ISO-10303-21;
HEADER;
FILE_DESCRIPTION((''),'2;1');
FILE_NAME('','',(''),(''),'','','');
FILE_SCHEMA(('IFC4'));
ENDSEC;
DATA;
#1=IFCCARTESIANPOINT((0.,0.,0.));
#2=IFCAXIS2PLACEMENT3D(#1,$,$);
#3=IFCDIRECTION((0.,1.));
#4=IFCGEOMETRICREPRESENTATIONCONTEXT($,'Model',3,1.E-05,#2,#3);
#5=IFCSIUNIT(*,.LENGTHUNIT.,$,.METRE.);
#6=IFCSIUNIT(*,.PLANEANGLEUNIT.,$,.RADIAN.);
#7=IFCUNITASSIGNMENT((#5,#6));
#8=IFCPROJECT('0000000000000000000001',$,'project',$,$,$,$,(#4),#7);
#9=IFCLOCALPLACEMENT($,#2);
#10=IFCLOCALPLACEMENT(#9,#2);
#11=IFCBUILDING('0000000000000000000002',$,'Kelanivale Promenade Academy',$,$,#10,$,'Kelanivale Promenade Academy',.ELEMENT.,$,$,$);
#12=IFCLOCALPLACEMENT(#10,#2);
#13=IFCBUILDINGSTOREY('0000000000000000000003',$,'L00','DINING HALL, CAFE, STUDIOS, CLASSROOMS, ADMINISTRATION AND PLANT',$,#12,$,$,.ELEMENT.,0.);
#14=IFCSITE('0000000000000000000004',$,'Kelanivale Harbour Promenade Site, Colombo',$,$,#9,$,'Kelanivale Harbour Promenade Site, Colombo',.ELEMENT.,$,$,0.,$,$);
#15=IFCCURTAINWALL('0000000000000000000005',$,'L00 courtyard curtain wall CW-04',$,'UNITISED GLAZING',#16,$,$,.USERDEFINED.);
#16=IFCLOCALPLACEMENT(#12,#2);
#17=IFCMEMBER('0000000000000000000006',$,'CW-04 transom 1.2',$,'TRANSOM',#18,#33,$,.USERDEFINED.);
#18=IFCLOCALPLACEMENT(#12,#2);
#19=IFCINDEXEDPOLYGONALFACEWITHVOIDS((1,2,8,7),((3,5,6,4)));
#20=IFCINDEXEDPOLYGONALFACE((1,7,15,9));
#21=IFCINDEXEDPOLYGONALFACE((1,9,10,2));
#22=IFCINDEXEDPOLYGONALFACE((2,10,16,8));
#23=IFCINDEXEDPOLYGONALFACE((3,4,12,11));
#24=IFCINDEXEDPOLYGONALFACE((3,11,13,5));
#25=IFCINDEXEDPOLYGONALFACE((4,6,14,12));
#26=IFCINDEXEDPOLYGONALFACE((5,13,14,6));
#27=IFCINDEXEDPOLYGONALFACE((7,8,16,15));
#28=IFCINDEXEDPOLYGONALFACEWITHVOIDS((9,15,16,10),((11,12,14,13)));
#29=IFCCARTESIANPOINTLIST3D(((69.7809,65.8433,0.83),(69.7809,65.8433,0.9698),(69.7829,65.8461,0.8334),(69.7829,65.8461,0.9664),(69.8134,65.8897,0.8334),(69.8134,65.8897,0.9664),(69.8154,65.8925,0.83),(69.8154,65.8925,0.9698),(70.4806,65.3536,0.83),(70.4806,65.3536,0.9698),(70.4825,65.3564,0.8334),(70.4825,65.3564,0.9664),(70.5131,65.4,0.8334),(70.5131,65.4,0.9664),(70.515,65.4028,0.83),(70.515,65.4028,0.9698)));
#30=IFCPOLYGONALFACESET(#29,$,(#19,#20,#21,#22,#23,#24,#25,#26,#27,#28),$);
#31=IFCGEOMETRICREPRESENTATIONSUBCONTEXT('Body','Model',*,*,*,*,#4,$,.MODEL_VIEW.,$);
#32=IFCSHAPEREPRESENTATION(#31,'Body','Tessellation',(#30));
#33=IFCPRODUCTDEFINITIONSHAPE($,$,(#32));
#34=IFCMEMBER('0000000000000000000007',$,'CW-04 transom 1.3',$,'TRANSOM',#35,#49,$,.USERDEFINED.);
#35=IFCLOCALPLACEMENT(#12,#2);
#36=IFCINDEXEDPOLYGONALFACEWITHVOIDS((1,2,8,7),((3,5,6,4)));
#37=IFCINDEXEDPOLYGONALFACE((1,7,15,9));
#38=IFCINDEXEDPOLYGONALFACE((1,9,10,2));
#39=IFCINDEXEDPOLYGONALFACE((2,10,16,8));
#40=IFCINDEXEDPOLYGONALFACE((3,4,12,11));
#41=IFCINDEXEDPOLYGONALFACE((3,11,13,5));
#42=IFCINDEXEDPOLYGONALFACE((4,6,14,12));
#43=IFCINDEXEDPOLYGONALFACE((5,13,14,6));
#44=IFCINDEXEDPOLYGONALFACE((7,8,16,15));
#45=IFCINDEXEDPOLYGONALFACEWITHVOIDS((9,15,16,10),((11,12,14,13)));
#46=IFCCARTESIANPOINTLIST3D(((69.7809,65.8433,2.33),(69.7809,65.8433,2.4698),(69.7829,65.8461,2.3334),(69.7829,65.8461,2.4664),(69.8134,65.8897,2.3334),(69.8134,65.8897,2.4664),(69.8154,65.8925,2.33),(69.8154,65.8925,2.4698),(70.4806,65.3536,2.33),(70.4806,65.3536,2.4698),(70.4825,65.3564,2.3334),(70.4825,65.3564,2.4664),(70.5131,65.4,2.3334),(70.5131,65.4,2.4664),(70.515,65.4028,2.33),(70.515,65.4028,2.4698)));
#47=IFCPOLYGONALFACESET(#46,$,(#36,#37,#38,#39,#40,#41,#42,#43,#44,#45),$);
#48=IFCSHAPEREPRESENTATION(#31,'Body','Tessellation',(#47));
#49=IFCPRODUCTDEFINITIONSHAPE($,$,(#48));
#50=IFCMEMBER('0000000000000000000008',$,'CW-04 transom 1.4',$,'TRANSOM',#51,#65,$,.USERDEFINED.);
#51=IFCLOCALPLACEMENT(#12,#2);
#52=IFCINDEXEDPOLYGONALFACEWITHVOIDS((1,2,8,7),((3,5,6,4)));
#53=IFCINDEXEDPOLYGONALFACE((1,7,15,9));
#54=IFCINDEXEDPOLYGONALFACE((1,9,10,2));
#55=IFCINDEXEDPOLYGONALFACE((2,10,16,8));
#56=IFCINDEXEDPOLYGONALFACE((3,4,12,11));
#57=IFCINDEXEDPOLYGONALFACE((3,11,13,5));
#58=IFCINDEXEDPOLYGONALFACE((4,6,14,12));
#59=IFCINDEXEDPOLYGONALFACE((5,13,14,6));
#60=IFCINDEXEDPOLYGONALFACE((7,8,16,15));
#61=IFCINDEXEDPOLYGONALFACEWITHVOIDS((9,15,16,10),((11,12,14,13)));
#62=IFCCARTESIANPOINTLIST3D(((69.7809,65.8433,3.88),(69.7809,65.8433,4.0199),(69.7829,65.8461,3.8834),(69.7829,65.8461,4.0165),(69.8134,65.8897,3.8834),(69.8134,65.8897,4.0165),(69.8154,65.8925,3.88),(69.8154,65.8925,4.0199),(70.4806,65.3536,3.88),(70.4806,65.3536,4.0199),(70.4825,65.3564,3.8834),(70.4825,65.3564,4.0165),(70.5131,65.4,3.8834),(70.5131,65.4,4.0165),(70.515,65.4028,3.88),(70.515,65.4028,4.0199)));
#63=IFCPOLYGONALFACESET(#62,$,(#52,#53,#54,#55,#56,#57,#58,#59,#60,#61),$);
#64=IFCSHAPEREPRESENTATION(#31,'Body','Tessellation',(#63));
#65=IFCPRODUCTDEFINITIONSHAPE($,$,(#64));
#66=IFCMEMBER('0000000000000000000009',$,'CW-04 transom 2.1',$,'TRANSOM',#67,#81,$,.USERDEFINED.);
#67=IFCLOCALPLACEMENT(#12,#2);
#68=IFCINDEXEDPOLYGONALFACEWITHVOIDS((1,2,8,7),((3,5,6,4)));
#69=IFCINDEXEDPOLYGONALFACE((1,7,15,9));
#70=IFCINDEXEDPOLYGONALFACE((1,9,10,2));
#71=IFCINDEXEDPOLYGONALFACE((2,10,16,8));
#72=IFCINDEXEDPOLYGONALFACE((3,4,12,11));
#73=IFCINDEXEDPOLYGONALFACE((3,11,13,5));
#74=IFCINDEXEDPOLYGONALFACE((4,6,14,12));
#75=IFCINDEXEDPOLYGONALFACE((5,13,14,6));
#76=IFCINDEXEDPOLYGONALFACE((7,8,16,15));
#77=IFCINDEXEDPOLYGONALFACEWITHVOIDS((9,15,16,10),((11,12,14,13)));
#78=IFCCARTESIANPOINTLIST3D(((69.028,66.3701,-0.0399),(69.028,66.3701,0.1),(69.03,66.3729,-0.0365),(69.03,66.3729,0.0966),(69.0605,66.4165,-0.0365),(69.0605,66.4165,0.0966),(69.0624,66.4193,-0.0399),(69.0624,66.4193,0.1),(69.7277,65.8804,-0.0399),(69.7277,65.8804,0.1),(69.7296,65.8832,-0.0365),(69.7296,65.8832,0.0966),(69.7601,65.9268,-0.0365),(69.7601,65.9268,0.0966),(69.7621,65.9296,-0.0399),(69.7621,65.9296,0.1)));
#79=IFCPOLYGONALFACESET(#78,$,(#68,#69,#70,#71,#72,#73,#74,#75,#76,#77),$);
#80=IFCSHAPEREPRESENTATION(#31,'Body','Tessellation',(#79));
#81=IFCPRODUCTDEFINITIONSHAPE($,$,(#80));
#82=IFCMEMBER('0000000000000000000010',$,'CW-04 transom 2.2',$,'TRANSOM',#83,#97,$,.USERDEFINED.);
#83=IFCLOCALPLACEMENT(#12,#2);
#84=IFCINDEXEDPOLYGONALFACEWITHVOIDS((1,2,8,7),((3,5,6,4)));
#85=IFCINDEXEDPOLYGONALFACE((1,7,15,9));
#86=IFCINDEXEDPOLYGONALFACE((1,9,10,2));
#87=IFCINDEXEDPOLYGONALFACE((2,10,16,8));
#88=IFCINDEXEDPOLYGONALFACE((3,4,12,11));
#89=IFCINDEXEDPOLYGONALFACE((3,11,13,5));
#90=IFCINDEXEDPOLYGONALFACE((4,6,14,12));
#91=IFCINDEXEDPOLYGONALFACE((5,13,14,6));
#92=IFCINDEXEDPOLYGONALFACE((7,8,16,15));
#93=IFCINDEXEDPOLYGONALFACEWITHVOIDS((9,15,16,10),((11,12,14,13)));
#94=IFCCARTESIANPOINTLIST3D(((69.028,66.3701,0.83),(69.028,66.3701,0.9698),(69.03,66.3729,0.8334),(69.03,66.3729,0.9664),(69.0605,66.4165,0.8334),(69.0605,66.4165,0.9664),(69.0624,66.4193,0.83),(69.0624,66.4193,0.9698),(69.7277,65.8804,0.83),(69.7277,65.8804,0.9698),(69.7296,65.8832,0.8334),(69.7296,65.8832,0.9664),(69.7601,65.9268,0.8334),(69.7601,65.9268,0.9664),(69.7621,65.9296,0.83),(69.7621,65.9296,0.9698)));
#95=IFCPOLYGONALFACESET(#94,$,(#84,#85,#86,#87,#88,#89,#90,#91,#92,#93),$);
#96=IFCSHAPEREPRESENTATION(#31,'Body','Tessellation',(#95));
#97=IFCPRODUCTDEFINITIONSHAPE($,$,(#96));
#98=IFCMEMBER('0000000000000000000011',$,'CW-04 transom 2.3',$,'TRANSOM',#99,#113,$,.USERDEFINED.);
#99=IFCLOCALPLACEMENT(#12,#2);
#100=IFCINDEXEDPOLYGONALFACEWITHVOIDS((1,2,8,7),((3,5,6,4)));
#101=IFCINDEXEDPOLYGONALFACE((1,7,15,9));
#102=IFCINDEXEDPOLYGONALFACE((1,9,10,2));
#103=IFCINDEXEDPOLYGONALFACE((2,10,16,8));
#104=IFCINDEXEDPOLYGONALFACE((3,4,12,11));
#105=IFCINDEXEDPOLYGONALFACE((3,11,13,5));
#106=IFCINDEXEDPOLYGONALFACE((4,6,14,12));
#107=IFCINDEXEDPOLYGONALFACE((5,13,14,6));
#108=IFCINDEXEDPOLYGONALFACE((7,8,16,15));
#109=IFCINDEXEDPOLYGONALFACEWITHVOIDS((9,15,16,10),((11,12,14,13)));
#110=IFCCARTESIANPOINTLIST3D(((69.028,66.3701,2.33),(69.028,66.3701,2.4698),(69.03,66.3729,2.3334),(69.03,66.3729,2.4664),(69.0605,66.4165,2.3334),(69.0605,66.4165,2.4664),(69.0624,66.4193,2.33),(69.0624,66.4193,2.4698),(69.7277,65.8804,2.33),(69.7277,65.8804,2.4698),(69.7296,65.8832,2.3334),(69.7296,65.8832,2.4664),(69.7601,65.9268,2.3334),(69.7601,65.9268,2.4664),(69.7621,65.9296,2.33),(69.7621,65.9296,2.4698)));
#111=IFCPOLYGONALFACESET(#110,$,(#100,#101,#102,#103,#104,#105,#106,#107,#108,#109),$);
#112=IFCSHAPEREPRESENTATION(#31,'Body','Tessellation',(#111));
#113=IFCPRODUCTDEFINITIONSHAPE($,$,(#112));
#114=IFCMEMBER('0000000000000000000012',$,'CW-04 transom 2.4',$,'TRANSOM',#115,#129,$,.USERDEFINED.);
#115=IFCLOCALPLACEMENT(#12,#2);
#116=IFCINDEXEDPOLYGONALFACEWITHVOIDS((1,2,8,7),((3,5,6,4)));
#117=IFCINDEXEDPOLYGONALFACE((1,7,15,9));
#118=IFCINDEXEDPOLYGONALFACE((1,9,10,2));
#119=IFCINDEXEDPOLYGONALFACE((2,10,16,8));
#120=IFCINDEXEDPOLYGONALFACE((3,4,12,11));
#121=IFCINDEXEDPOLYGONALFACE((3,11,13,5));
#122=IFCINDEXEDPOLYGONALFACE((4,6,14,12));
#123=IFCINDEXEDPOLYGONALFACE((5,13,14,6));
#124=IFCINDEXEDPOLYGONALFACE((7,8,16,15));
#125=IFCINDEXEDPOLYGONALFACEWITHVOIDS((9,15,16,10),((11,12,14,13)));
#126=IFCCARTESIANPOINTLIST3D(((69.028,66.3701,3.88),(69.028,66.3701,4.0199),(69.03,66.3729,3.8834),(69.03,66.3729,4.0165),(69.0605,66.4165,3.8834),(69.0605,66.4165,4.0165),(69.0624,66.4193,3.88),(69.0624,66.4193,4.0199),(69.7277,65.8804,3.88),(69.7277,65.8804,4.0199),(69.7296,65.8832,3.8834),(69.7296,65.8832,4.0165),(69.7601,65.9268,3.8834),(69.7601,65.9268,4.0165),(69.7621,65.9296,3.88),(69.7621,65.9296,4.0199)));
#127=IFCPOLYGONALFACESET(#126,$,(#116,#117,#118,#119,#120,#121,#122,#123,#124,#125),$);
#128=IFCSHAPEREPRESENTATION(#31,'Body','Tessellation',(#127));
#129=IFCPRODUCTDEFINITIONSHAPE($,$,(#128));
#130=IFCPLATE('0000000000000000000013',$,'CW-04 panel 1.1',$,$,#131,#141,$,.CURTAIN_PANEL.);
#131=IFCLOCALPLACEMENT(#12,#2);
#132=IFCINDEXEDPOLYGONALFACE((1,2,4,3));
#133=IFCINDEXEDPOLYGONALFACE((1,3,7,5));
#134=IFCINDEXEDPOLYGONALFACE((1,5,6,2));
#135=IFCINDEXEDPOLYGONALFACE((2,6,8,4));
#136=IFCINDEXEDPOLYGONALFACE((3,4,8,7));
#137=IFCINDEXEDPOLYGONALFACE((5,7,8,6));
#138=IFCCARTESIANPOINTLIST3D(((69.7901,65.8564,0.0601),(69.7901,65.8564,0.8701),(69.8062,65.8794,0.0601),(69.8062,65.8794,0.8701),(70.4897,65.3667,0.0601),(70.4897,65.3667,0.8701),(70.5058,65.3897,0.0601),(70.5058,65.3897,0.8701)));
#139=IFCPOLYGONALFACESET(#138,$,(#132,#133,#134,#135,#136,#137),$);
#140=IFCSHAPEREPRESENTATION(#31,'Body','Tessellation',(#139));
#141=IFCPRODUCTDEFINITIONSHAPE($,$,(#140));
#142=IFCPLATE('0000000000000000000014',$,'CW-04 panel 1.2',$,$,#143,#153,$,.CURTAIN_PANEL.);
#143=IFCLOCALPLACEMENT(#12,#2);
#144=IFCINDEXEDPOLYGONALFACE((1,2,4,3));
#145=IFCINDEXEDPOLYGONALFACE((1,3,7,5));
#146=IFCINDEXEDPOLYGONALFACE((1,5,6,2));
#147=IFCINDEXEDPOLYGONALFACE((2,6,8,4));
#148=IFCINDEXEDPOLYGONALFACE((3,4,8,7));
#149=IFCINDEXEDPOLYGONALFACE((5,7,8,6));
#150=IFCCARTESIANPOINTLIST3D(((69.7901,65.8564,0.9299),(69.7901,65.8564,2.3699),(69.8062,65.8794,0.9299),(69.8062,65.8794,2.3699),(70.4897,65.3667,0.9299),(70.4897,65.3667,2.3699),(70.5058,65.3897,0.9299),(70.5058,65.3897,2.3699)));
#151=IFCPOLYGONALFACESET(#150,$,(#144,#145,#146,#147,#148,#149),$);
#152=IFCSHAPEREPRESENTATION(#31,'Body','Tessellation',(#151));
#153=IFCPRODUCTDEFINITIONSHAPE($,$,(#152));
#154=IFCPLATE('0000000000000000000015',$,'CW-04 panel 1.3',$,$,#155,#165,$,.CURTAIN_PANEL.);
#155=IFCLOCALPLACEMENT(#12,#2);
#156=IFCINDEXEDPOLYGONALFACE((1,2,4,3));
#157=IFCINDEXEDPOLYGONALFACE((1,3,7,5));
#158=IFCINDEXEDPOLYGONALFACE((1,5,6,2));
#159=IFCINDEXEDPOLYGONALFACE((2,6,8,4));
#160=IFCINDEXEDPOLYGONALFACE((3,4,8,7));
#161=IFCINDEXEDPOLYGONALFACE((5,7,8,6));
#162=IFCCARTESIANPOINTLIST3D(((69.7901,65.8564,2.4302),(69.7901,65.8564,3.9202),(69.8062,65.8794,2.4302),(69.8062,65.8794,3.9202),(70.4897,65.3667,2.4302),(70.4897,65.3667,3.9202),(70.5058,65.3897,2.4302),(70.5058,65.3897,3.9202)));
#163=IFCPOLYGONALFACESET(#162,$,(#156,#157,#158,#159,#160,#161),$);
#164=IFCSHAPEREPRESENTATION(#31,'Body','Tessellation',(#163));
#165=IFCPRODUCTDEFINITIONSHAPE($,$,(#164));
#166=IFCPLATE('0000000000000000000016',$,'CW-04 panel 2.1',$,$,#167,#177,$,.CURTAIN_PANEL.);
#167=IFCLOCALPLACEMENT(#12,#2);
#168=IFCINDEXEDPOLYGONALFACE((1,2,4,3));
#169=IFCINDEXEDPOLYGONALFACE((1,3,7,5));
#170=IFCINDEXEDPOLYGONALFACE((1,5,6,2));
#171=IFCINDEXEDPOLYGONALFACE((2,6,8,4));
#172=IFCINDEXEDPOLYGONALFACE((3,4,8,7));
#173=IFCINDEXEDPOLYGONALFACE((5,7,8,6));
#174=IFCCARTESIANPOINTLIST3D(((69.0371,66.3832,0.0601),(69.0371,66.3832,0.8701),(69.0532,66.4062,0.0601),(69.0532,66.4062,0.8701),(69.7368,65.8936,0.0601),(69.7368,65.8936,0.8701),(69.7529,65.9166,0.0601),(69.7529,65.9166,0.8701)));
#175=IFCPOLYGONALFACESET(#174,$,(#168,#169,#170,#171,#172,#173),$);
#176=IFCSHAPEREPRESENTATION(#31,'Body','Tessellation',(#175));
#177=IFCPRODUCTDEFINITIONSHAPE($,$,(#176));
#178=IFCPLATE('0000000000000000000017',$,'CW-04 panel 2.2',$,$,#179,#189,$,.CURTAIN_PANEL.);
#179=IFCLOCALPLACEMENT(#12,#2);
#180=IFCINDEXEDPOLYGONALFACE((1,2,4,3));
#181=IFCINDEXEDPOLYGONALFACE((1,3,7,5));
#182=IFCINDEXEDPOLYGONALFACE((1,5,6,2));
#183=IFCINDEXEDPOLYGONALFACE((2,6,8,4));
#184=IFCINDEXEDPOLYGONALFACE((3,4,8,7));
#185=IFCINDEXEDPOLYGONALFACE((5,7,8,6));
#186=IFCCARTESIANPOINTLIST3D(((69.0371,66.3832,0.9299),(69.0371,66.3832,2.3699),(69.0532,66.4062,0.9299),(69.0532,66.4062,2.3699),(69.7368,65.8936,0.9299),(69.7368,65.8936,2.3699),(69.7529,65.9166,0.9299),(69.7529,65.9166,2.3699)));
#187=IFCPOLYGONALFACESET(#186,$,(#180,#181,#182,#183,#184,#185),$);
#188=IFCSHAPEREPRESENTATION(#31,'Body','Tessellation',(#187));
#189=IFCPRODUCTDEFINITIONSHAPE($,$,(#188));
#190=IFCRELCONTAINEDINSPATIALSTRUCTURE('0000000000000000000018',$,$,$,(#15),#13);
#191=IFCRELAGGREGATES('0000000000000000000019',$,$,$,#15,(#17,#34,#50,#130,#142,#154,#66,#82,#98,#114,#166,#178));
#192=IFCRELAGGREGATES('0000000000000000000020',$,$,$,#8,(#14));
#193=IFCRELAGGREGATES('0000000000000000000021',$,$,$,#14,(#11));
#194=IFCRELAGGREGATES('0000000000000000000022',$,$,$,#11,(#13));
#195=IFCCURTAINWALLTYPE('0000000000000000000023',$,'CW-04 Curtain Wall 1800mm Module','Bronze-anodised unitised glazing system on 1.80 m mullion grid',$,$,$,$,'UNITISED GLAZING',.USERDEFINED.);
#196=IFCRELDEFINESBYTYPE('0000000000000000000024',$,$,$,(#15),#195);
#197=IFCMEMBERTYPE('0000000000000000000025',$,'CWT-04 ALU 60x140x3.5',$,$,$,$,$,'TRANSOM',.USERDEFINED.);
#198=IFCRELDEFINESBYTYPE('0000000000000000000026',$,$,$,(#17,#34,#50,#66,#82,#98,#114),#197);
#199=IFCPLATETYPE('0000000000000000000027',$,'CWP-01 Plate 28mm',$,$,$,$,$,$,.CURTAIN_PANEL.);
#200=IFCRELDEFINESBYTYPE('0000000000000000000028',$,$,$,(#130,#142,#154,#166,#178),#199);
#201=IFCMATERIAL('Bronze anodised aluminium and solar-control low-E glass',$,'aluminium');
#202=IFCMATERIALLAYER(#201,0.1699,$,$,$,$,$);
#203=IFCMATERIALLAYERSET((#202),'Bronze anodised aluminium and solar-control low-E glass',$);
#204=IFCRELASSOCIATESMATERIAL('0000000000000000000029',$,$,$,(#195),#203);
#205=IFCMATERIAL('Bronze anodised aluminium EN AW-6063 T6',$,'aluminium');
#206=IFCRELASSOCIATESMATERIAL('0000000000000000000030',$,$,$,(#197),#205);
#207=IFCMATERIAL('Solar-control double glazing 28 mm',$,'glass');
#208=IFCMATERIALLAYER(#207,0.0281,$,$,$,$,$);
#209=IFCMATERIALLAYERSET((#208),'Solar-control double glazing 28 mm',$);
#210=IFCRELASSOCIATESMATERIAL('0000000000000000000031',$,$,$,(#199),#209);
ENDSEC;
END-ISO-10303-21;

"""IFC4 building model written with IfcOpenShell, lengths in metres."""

from ifc_helpers import new_model, si_unit, direction, frame, origin, origin_2d, place, context, subcontext, project, spatial, rectangle, hollow_rectangle, extrude, material, layer, layer_set, material_profile, profile_set, type_object, element, aggregate, save


model = new_model("IFC4")

# Units and contexts
model_context = context("Model", 3, precision=1e-05, world=origin(), true_north=direction((0.0, 1.0)))
body_context = subcontext(model_context, "Body", "Model", "MODEL_VIEW")
ifc_project = project(units=[si_unit("LENGTHUNIT", "METRE"), si_unit("PLANEANGLEUNIT", "RADIAN")], contexts=[model_context])

# Site, building, storey
site_placement = place(None, origin())
site = spatial("IfcSite", under=ifc_project, at=site_placement, Name="Kelanivale Harbour Promenade Site, Colombo", LongName="Kelanivale Harbour Promenade Site, Colombo", CompositionType="ELEMENT", RefElevation=0.0)
building_placement = place(site_placement, origin())
building = spatial("IfcBuilding", under=site, at=building_placement, Name="Kelanivale Promenade Academy", LongName="Kelanivale Promenade Academy", CompositionType="ELEMENT")
storey_placement = place(building_placement, origin())
storey = spatial("IfcBuildingStorey", under=building, at=storey_placement, Name="L00", Description="DINING HALL, CAFE, STUDIOS, CLASSROOMS, ADMINISTRATION AND PLANT", CompositionType="ELEMENT", Elevation=0.0)

# Shared definitions
ifc_material_1 = material(Name="Bronze anodised aluminium and solar-control low-E glass", Category="aluminium")
ifc_material_2 = material(Name="Bronze anodised aluminium EN AW-6063 T6", Category="aluminium")

# Curtain wall
ifc_layer_1 = layer(ifc_material_1, 0.1699)
ifc_layer_set_1 = layer_set([ifc_layer_1], Name="Bronze anodised aluminium and solar-control low-E glass")
curtain_wall_type_1 = type_object("IfcCurtainWallType", Name="CW-04 Curtain Wall 1800mm Module", Description="Bronze-anodised unitised glazing system on 1.80 m mullion grid", ElementType="UNITISED GLAZING", PredefinedType="USERDEFINED", material=ifc_layer_set_1)
curtain_wall_1_placement = place(storey_placement, origin())
curtain_wall_1 = element("IfcCurtainWall", 1, at=curtain_wall_1_placement, inside=storey, type_object=curtain_wall_type_1, Name="L00 courtyard curtain wall CW-04", ObjectType="UNITISED GLAZING", PredefinedType="USERDEFINED")

# Members
ifc_material_profile_1 = material_profile(ifc_material_2, hollow_rectangle(XDim=0.0601, YDim=0.1399, WallThickness=0.0034, at=origin_2d()), Name="ALU 60x140x3.5")
ifc_profile_set_1 = profile_set([ifc_material_profile_1], Name="Bronze anodised aluminium EN AW-6063 T6")
member_type_1 = type_object("IfcMemberType", Name="CWT-04 ALU 60x140x3.5", ElementType="TRANSOM", PredefinedType="USERDEFINED", material=ifc_profile_set_1)
member_1_placement = place(storey_placement, frame((70.4978, 65.3782, 0.8999), z_axis=(-0.819259, 0.573424, 0.0), x_axis=(-0.573424, -0.819259, 0.0)))
member_1 = element("IfcMember", 2, at=member_1_placement, type_object=member_type_1, Name="CW-04 transom 1.2", ObjectType="TRANSOM", PredefinedType="USERDEFINED", context=body_context, shape_type="SweptSolid", body=[
    extrude(hollow_rectangle(XDim=0.0601, YDim=0.1399, WallThickness=0.0034, at=origin_2d()), origin(), (0.0, 0.0, 1.0), 0.854),
])
member_2_placement = place(storey_placement, frame((70.4978, 65.3782, 2.3999), z_axis=(-0.819259, 0.573424, 0.0), x_axis=(-0.573424, -0.819259, 0.0)))
member_2 = element("IfcMember", 3, at=member_2_placement, type_object=member_type_1, Name="CW-04 transom 1.3", ObjectType="TRANSOM", PredefinedType="USERDEFINED", context=body_context, shape_type="SweptSolid", body=[
    extrude(hollow_rectangle(XDim=0.0601, YDim=0.1399, WallThickness=0.0034, at=origin_2d()), origin(), (0.0, 0.0, 1.0), 0.854),
])
member_3_placement = place(storey_placement, frame((70.4978, 65.3782, 3.95), z_axis=(-0.819259, 0.573424, 0.0), x_axis=(-0.573424, -0.819259, 0.0)))
member_3 = element("IfcMember", 4, at=member_3_placement, type_object=member_type_1, Name="CW-04 transom 1.4", ObjectType="TRANSOM", PredefinedType="USERDEFINED", context=body_context, shape_type="SweptSolid", body=[
    extrude(hollow_rectangle(XDim=0.0601, YDim=0.1399, WallThickness=0.0034, at=origin_2d()), origin(), (0.0, 0.0, 1.0), 0.854),
])
member_4_placement = place(storey_placement, frame((69.7449, 65.905, 0.03), z_axis=(-0.819259, 0.573424, 0.0), x_axis=(-0.573424, -0.819259, 0.0)))
member_4 = element("IfcMember", 5, at=member_4_placement, type_object=member_type_1, Name="CW-04 transom 2.1", ObjectType="TRANSOM", PredefinedType="USERDEFINED", context=body_context, shape_type="SweptSolid", body=[
    extrude(hollow_rectangle(XDim=0.0601, YDim=0.1399, WallThickness=0.0034, at=origin_2d()), origin(), (0.0, 0.0, 1.0), 0.854),
])
member_5_placement = place(storey_placement, frame((69.7449, 65.905, 0.8999), z_axis=(-0.819259, 0.573424, 0.0), x_axis=(-0.573424, -0.819259, 0.0)))
member_5 = element("IfcMember", 6, at=member_5_placement, type_object=member_type_1, Name="CW-04 transom 2.2", ObjectType="TRANSOM", PredefinedType="USERDEFINED", context=body_context, shape_type="SweptSolid", body=[
    extrude(hollow_rectangle(XDim=0.0601, YDim=0.1399, WallThickness=0.0034, at=origin_2d()), origin(), (0.0, 0.0, 1.0), 0.854),
])
member_6_placement = place(storey_placement, frame((69.7449, 65.905, 2.3999), z_axis=(-0.819259, 0.573424, 0.0), x_axis=(-0.573424, -0.819259, 0.0)))
member_6 = element("IfcMember", 7, at=member_6_placement, type_object=member_type_1, Name="CW-04 transom 2.3", ObjectType="TRANSOM", PredefinedType="USERDEFINED", context=body_context, shape_type="SweptSolid", body=[
    extrude(hollow_rectangle(XDim=0.0601, YDim=0.1399, WallThickness=0.0034, at=origin_2d()), origin(), (0.0, 0.0, 1.0), 0.854),
])
member_7_placement = place(storey_placement, frame((69.7449, 65.905, 3.95), z_axis=(-0.819259, 0.573424, 0.0), x_axis=(-0.573424, -0.819259, 0.0)))
member_7 = element("IfcMember", 8, at=member_7_placement, type_object=member_type_1, Name="CW-04 transom 2.4", ObjectType="TRANSOM", PredefinedType="USERDEFINED", context=body_context, shape_type="SweptSolid", body=[
    extrude(hollow_rectangle(XDim=0.0601, YDim=0.1399, WallThickness=0.0034, at=origin_2d()), origin(), (0.0, 0.0, 1.0), 0.854),
])

# Plates
ifc_material_3 = material(Name="Solar-control double glazing 28 mm", Category="glass")
ifc_layer_2 = layer(ifc_material_3, 0.0281)
ifc_layer_set_2 = layer_set([ifc_layer_2], Name="Solar-control double glazing 28 mm")
plate_type = type_object("IfcPlateType", Name="CWP-01 Plate 28mm", PredefinedType="CURTAIN_PANEL", material=ifc_layer_set_2)
plate_1_placement = place(storey_placement, frame((70.1479, 65.623, 0.0601), z_axis=(0.0, 0.0, 1.0), x_axis=(-0.819306, 0.573357, 0.0)))
plate_1 = element("IfcPlate", 9, at=plate_1_placement, type_object=plate_type, Name="CW-04 panel 1.1", PredefinedType="CURTAIN_PANEL", context=body_context, shape_type="SweptSolid", body=[
    extrude(rectangle(XDim=0.854, YDim=0.0281, at=origin_2d()), origin(), (0.0, 0.0, 1.0), 0.8101),
])
plate_2_placement = place(storey_placement, frame((70.1479, 65.623, 0.9299), z_axis=(0.0, 0.0, 1.0), x_axis=(-0.819306, 0.573357, 0.0)))
plate_2 = element("IfcPlate", 10, at=plate_2_placement, type_object=plate_type, Name="CW-04 panel 1.2", PredefinedType="CURTAIN_PANEL", context=body_context, shape_type="SweptSolid", body=[
    extrude(rectangle(XDim=0.854, YDim=0.0281, at=origin_2d()), origin(), (0.0, 0.0, 1.0), 1.4399),
])
plate_3_placement = place(storey_placement, frame((70.1479, 65.623, 2.4302), z_axis=(0.0, 0.0, 1.0), x_axis=(-0.819306, 0.573357, 0.0)))
plate_3 = element("IfcPlate", 11, at=plate_3_placement, type_object=plate_type, Name="CW-04 panel 1.3", PredefinedType="CURTAIN_PANEL", context=body_context, shape_type="SweptSolid", body=[
    extrude(rectangle(XDim=0.854, YDim=0.0281, at=origin_2d()), origin(), (0.0, 0.0, 1.0), 1.49),
])
plate_4_placement = place(storey_placement, frame((69.395, 66.1499, 0.0601), z_axis=(0.0, 0.0, 1.0), x_axis=(-0.819306, 0.573357, 0.0)))
plate_4 = element("IfcPlate", 12, at=plate_4_placement, type_object=plate_type, Name="CW-04 panel 2.1", PredefinedType="CURTAIN_PANEL", context=body_context, shape_type="SweptSolid", body=[
    extrude(rectangle(XDim=0.854, YDim=0.0281, at=origin_2d()), origin(), (0.0, 0.0, 1.0), 0.8101),
])
plate_5_placement = place(storey_placement, frame((69.395, 66.1499, 0.9299), z_axis=(0.0, 0.0, 1.0), x_axis=(-0.819306, 0.573357, 0.0)))
plate_5 = element("IfcPlate", 13, at=plate_5_placement, type_object=plate_type, Name="CW-04 panel 2.2", PredefinedType="CURTAIN_PANEL", context=body_context, shape_type="SweptSolid", body=[
    extrude(rectangle(XDim=0.854, YDim=0.0281, at=origin_2d()), origin(), (0.0, 0.0, 1.0), 1.4399),
])
aggregate(curtain_wall_1, [member_1, member_2, member_3, plate_1, plate_2, plate_3, member_4, member_5, member_6, member_7, plate_4, plate_5])

save(model, "model.ifc")
